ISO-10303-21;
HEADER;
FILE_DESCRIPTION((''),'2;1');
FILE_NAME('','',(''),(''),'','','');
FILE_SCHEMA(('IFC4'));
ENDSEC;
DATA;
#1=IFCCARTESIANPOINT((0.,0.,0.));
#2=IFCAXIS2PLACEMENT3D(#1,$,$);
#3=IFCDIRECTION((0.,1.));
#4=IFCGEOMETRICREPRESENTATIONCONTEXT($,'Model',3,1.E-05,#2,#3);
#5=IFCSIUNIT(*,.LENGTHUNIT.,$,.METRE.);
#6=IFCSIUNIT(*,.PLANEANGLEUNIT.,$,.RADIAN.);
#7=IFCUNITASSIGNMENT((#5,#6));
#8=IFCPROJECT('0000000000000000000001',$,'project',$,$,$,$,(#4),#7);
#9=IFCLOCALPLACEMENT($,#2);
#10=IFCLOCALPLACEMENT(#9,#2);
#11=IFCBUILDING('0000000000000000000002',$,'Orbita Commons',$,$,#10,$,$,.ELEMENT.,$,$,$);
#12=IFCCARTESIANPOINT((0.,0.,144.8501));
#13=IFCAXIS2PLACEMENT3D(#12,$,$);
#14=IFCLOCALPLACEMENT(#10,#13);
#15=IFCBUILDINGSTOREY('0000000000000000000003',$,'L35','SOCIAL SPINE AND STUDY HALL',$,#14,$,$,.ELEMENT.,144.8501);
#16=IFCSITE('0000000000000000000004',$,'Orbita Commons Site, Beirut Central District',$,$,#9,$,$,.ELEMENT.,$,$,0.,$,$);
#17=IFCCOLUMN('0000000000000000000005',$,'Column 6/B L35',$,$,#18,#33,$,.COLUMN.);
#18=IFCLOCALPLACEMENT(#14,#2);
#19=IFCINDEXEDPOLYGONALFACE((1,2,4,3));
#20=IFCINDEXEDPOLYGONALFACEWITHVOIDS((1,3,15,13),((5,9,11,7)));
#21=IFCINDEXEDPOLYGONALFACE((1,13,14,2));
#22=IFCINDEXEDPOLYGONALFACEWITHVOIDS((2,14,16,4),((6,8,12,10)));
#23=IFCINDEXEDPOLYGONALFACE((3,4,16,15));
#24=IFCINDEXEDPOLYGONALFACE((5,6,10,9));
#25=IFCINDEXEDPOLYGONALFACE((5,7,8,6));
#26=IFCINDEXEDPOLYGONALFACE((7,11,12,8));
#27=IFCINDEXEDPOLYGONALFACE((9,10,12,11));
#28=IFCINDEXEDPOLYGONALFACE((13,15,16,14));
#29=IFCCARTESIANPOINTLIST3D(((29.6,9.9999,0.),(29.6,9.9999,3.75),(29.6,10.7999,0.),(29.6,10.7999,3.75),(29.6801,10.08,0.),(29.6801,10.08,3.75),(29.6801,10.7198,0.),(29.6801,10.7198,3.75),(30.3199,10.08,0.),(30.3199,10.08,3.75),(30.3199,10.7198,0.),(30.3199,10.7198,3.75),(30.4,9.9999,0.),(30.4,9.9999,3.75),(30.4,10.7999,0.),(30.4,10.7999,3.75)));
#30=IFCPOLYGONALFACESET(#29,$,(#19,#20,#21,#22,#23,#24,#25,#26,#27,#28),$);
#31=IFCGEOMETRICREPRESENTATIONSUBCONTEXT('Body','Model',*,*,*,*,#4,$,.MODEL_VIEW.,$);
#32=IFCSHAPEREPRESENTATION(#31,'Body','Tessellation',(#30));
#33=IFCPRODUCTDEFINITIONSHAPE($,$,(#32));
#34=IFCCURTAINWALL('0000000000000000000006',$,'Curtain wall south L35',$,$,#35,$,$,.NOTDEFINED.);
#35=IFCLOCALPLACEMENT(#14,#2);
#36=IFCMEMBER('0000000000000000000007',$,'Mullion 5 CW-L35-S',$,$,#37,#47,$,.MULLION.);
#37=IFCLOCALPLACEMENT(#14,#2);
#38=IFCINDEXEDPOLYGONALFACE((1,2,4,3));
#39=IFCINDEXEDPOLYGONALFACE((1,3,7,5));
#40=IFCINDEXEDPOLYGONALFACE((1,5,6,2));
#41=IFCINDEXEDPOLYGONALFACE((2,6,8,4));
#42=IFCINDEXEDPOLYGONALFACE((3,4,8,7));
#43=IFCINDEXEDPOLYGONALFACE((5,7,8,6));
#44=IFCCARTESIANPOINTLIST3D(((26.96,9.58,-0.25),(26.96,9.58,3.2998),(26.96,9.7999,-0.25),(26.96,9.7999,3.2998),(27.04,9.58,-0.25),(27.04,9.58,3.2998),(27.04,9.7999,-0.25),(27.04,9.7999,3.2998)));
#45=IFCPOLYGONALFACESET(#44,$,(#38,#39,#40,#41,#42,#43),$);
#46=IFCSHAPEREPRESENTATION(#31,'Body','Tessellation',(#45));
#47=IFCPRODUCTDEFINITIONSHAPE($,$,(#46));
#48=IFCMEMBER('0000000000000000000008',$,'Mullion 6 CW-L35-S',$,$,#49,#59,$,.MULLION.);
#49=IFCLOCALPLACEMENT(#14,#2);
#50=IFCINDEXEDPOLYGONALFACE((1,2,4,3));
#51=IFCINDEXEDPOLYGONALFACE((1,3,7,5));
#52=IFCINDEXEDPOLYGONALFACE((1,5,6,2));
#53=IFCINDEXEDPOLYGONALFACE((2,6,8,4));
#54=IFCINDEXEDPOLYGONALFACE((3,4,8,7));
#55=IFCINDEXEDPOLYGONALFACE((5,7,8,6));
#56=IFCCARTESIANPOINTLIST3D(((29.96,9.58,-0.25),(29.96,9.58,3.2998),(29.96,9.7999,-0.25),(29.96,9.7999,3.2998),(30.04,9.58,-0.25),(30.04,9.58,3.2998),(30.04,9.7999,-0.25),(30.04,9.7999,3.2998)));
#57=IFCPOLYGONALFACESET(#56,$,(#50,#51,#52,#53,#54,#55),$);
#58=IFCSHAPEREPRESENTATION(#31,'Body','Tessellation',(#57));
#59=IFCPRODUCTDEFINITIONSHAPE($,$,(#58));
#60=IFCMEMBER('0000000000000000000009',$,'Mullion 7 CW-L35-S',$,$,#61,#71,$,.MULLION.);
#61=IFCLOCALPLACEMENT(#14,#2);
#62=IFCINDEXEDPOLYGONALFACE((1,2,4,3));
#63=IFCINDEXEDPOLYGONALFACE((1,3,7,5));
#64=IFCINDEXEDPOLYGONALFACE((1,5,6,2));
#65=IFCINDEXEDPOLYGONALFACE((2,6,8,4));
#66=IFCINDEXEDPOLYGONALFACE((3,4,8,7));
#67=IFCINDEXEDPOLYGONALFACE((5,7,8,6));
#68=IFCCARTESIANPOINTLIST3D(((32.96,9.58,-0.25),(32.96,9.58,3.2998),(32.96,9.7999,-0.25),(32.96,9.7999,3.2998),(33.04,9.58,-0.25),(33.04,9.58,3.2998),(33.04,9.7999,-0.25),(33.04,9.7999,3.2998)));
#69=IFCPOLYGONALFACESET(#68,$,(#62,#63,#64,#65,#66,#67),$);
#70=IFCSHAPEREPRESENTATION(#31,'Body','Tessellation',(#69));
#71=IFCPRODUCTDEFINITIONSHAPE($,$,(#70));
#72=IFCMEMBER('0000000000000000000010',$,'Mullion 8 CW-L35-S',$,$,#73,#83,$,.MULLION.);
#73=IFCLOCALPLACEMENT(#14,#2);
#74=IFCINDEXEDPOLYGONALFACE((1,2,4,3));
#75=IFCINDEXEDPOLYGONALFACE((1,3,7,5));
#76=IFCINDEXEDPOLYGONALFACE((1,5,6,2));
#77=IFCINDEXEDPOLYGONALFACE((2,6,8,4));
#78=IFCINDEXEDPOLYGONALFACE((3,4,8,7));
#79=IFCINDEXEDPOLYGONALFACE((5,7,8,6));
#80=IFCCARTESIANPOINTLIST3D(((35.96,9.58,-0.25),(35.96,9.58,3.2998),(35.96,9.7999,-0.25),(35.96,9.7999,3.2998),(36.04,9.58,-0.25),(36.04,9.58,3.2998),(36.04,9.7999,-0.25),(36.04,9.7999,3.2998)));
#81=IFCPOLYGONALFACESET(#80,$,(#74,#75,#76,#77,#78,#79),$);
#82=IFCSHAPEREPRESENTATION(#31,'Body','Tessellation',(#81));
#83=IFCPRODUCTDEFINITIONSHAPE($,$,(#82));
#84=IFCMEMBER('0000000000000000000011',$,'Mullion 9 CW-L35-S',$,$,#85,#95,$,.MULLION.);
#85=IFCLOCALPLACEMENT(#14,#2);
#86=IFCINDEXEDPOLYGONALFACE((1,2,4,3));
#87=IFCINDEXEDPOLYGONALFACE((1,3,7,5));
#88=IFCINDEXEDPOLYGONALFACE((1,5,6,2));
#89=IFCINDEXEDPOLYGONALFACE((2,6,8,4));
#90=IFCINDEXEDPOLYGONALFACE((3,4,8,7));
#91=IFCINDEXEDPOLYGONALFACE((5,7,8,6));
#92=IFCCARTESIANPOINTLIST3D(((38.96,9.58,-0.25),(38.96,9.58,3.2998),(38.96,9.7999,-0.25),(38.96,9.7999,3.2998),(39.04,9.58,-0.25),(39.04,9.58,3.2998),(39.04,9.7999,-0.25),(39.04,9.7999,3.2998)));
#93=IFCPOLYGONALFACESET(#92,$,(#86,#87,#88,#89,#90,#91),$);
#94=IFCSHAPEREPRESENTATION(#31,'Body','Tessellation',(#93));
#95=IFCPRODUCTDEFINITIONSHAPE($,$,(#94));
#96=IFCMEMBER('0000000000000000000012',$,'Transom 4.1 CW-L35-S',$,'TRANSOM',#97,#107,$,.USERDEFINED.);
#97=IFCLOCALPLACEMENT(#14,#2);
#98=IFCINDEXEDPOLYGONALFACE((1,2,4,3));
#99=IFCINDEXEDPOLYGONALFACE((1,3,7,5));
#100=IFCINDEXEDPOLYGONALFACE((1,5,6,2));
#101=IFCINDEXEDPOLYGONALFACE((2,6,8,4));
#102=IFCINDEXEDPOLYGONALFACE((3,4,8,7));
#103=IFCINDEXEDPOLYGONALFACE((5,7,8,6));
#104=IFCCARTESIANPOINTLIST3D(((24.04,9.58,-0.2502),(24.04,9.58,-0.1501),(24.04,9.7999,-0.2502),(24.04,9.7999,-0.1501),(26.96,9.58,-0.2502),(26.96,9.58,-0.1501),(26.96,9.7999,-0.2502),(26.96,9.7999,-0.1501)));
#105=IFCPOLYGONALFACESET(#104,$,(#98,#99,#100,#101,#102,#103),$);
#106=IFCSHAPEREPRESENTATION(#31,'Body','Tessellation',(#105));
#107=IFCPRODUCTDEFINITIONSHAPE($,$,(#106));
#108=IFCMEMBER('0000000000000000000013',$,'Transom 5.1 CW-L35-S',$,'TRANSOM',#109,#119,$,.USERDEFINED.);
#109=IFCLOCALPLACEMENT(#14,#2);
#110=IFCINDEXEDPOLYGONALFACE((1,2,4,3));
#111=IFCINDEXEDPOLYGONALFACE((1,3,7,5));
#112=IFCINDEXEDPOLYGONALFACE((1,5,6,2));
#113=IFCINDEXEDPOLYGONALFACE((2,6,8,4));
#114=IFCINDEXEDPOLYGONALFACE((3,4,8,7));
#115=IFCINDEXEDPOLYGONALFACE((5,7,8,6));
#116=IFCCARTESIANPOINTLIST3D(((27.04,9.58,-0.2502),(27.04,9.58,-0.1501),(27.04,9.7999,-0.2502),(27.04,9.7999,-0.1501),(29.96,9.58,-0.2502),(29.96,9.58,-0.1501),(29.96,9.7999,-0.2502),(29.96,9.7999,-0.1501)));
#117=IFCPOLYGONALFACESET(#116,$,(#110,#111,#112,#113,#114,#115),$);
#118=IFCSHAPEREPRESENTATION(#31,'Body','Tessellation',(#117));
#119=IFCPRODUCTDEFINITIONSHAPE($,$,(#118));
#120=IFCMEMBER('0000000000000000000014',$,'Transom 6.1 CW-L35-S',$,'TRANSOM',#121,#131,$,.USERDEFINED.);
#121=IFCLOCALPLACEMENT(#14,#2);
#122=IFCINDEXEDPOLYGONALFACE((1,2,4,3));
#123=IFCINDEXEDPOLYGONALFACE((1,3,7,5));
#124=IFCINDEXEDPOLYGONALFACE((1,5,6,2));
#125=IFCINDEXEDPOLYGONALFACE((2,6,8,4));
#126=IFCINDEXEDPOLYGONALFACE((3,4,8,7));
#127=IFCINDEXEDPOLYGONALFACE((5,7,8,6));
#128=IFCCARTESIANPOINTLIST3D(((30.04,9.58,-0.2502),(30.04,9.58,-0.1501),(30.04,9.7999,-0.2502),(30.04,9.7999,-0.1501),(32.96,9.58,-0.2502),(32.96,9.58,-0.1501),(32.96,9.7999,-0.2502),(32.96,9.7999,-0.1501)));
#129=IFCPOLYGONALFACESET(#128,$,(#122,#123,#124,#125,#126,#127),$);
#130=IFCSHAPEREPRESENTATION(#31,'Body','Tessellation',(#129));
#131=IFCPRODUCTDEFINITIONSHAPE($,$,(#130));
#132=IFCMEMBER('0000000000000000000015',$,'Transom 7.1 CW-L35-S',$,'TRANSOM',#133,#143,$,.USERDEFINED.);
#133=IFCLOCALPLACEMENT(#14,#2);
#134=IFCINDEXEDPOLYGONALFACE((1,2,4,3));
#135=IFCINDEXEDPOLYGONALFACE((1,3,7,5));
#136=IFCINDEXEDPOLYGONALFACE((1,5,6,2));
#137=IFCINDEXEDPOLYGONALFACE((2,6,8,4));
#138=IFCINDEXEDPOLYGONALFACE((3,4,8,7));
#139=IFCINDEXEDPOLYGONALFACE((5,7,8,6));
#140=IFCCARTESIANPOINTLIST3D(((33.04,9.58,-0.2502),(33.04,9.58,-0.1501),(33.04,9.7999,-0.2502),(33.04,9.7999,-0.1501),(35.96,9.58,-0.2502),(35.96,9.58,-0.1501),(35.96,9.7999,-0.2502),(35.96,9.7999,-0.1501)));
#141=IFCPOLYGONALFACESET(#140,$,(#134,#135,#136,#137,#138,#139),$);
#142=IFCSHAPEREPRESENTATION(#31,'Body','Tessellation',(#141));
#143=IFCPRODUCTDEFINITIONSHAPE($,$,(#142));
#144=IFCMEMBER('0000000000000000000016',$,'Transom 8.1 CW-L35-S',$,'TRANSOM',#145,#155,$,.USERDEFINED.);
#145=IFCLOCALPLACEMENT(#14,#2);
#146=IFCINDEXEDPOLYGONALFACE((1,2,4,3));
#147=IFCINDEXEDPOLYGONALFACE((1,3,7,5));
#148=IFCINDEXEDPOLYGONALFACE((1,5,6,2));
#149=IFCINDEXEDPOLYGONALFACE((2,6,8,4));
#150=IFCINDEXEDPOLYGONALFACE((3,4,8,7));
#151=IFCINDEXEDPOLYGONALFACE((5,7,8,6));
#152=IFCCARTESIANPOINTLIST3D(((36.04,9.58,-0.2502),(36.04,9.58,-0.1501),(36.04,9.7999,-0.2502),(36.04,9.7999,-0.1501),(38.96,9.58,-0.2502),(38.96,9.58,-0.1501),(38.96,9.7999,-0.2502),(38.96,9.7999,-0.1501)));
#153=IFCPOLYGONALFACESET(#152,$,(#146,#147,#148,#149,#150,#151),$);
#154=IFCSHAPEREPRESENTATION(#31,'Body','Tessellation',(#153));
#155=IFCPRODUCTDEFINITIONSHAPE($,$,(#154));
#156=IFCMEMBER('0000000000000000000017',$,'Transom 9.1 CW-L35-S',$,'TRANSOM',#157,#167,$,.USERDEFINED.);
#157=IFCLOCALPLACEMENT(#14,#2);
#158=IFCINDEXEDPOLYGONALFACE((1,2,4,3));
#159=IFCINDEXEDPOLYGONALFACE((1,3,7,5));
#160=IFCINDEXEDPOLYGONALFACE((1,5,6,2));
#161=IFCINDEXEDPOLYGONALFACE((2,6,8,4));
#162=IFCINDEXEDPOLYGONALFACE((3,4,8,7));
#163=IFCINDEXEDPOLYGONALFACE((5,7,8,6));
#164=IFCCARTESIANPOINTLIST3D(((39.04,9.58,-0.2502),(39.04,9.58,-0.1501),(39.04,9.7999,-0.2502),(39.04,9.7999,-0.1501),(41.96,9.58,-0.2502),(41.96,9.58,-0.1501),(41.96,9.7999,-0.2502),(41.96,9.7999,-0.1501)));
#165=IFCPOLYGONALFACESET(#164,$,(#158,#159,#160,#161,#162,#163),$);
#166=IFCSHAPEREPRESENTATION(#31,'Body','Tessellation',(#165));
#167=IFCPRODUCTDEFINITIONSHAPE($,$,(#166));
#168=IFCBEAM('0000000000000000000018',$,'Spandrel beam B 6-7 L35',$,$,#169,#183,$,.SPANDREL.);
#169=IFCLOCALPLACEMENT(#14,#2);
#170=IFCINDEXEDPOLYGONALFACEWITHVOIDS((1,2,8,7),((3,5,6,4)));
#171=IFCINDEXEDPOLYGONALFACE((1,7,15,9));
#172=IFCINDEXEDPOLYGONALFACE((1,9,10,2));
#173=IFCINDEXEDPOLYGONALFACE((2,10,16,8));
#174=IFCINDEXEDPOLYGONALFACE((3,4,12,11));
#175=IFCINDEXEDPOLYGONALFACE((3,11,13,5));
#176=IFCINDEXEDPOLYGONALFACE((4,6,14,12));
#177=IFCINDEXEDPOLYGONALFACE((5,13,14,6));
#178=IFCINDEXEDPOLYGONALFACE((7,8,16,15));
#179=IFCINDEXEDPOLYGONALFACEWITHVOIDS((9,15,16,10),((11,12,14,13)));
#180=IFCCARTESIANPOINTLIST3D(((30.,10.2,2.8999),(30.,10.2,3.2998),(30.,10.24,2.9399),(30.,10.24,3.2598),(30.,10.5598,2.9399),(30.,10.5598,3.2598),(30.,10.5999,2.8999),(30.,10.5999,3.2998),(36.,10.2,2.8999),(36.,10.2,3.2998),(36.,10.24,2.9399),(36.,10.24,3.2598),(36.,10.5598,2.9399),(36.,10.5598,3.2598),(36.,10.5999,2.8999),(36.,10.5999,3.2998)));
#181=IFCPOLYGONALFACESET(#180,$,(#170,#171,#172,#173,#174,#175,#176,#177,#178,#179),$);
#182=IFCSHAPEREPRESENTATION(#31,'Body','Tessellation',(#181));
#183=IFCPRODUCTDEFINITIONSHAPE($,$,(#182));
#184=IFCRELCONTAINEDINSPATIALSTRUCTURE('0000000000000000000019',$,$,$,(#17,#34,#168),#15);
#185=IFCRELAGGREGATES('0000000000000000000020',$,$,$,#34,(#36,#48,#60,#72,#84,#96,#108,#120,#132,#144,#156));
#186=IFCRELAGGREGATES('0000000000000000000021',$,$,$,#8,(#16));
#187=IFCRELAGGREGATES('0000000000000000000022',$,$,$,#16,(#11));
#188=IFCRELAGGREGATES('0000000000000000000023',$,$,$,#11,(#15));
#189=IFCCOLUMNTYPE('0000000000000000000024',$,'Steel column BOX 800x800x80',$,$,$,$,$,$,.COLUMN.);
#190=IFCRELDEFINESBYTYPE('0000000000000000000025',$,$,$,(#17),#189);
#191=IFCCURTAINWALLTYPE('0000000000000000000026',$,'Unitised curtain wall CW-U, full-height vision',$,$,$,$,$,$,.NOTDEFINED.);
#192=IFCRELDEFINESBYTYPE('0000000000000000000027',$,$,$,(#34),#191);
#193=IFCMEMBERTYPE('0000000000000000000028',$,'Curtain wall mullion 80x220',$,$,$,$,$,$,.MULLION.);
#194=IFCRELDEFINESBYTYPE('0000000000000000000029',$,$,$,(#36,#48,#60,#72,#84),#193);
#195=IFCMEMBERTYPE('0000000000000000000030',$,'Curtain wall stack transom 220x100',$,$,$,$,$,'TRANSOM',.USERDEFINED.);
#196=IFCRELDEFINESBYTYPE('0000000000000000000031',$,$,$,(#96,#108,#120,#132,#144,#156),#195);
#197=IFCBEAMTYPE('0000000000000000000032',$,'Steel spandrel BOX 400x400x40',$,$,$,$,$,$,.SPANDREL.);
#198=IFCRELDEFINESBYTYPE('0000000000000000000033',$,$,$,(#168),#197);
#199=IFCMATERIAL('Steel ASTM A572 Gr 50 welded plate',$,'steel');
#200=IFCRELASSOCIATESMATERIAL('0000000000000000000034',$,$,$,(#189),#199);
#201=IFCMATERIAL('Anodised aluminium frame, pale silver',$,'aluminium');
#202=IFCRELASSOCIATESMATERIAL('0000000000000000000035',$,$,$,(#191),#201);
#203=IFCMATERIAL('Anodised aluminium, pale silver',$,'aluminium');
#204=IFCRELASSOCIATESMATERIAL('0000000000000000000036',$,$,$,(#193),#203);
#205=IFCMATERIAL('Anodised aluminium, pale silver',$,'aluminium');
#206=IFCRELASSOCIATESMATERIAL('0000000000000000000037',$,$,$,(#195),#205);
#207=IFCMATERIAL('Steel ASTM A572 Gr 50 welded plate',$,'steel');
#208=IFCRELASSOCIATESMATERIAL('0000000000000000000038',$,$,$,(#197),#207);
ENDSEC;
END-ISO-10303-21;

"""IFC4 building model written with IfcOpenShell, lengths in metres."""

from ifc_helpers import new_model, si_unit, direction, frame, origin, origin_2d, place, context, subcontext, project, spatial, rectangle, hollow_rectangle, extrude, material, material_profile, profile_set, type_object, element, aggregate, save


model = new_model("IFC4")

# Units and contexts
model_context = context("Model", 3, precision=1e-05, world=origin(), true_north=direction((0.0, 1.0)))
body_context = subcontext(model_context, "Body", "Model", "MODEL_VIEW")
ifc_project = project(units=[si_unit("LENGTHUNIT", "METRE"), si_unit("PLANEANGLEUNIT", "RADIAN")], contexts=[model_context])

# Site, building, storey
site_placement = place(None, origin())
site = spatial("IfcSite", under=ifc_project, at=site_placement, Name="Orbita Commons Site, Beirut Central District", CompositionType="ELEMENT", RefElevation=0.0)
building_placement = place(site_placement, origin())
building = spatial("IfcBuilding", under=site, at=building_placement, Name="Orbita Commons", CompositionType="ELEMENT")
storey_placement = place(building_placement, frame((0.0, 0.0, 144.8501)))
storey = spatial("IfcBuildingStorey", under=building, at=storey_placement, Name="L35", Description="SOCIAL SPINE AND STUDY HALL", CompositionType="ELEMENT", Elevation=144.8501)

# Column
ifc_material_1 = material(Name="Steel ASTM A572 Gr 50 welded plate", Category="steel")
ifc_material_profile_1 = material_profile(ifc_material_1, hollow_rectangle(XDim=0.8, YDim=0.8, WallThickness=0.0801, at=origin_2d()), Name="BOX 800x800x80")
ifc_profile_set_1 = profile_set([ifc_material_profile_1], Name="Steel ASTM A572 Gr 50 welded plate")
column_type = type_object("IfcColumnType", Name="Steel column BOX 800x800x80", PredefinedType="COLUMN", material=ifc_profile_set_1)
column_placement = place(storey_placement, frame((30.0, 10.3999, 0.0), z_axis=(0.0, 0.0, 1.0), x_axis=(1.0, 0.0, 0.0)))
element("IfcColumn", 1, at=column_placement, inside=storey, type_object=column_type, Name="Column 6/B L35", PredefinedType="COLUMN", context=body_context, shape_type="SweptSolid", body=[
    extrude(hollow_rectangle(XDim=0.8, YDim=0.8, WallThickness=0.0801, at=origin_2d()), origin(), (0.0, 0.0, 1.0), 3.75),
])

# Curtain wall, members
ifc_material_2 = material(Name="Anodised aluminium frame, pale silver", Category="aluminium")
curtain_wall_type = type_object("IfcCurtainWallType", Name="Unitised curtain wall CW-U, full-height vision", PredefinedType="NOTDEFINED", material=ifc_material_2)
curtain_wall_placement = place(storey_placement, origin())
curtain_wall = element("IfcCurtainWall", 2, at=curtain_wall_placement, inside=storey, type_object=curtain_wall_type, Name="Curtain wall south L35", PredefinedType="NOTDEFINED")
ifc_material_3 = material(Name="Anodised aluminium, pale silver", Category="aluminium")
ifc_material_profile_2 = material_profile(ifc_material_3, rectangle(XDim=0.0801, YDim=0.22, at=origin_2d()), Name="AL 80x220")
ifc_profile_set_2 = profile_set([ifc_material_profile_2], Name="Anodised aluminium, pale silver")
member_type_1 = type_object("IfcMemberType", Name="Curtain wall mullion 80x220", PredefinedType="MULLION", material=ifc_profile_set_2)
member_1_placement = place(storey_placement, frame((27.0, 9.6899, -0.25), z_axis=(0.0, 0.0, 1.0), x_axis=(1.0, 0.0, 0.0)))
member_1 = element("IfcMember", 3, at=member_1_placement, type_object=member_type_1, Name="Mullion 5 CW-L35-S", PredefinedType="MULLION", context=body_context, shape_type="SweptSolid", body=[
    extrude(rectangle(XDim=0.0801, YDim=0.22, at=origin_2d()), origin(), (0.0, 0.0, 1.0), 3.5498),
])
member_2_placement = place(storey_placement, frame((30.0, 9.6899, -0.25), z_axis=(0.0, 0.0, 1.0), x_axis=(1.0, 0.0, 0.0)))
member_2 = element("IfcMember", 4, at=member_2_placement, type_object=member_type_1, Name="Mullion 6 CW-L35-S", PredefinedType="MULLION", context=body_context, shape_type="SweptSolid", body=[
    extrude(rectangle(XDim=0.0801, YDim=0.22, at=origin_2d()), origin(), (0.0, 0.0, 1.0), 3.5498),
])
member_3_placement = place(storey_placement, frame((33.0, 9.6899, -0.25), z_axis=(0.0, 0.0, 1.0), x_axis=(1.0, 0.0, 0.0)))
member_3 = element("IfcMember", 5, at=member_3_placement, type_object=member_type_1, Name="Mullion 7 CW-L35-S", PredefinedType="MULLION", context=body_context, shape_type="SweptSolid", body=[
    extrude(rectangle(XDim=0.0801, YDim=0.22, at=origin_2d()), origin(), (0.0, 0.0, 1.0), 3.5498),
])
member_4_placement = place(storey_placement, frame((36.0, 9.6899, -0.25), z_axis=(0.0, 0.0, 1.0), x_axis=(1.0, 0.0, 0.0)))
member_4 = element("IfcMember", 6, at=member_4_placement, type_object=member_type_1, Name="Mullion 8 CW-L35-S", PredefinedType="MULLION", context=body_context, shape_type="SweptSolid", body=[
    extrude(rectangle(XDim=0.0801, YDim=0.22, at=origin_2d()), origin(), (0.0, 0.0, 1.0), 3.5498),
])
member_5_placement = place(storey_placement, frame((39.0, 9.6899, -0.25), z_axis=(0.0, 0.0, 1.0), x_axis=(1.0, 0.0, 0.0)))
member_5 = element("IfcMember", 7, at=member_5_placement, type_object=member_type_1, Name="Mullion 9 CW-L35-S", PredefinedType="MULLION", context=body_context, shape_type="SweptSolid", body=[
    extrude(rectangle(XDim=0.0801, YDim=0.22, at=origin_2d()), origin(), (0.0, 0.0, 1.0), 3.5498),
])
ifc_material_4 = material(Name="Anodised aluminium, pale silver", Category="aluminium")
ifc_material_profile_3 = material_profile(ifc_material_4, rectangle(XDim=0.22, YDim=0.1001, at=origin_2d()), Name="AL 220x100")
ifc_profile_set_3 = profile_set([ifc_material_profile_3], Name="Anodised aluminium, pale silver")
member_type_2 = type_object("IfcMemberType", Name="Curtain wall stack transom 220x100", ElementType="TRANSOM", PredefinedType="USERDEFINED", material=ifc_profile_set_3)
member_6_placement = place(storey_placement, frame((24.04, 9.6899, -0.2002), z_axis=(1.0, 0.0, 0.0), x_axis=(0.0, 1.0, 0.0)))
member_6 = element("IfcMember", 8, at=member_6_placement, type_object=member_type_2, Name="Transom 4.1 CW-L35-S", ObjectType="TRANSOM", PredefinedType="USERDEFINED", context=body_context, shape_type="SweptSolid", body=[
    extrude(rectangle(XDim=0.22, YDim=0.1001, at=origin_2d()), origin(), (0.0, 0.0, 1.0), 2.9199),
])
member_7_placement = place(storey_placement, frame((27.04, 9.6899, -0.2002), z_axis=(1.0, 0.0, 0.0), x_axis=(0.0, 1.0, 0.0)))
member_7 = element("IfcMember", 9, at=member_7_placement, type_object=member_type_2, Name="Transom 5.1 CW-L35-S", ObjectType="TRANSOM", PredefinedType="USERDEFINED", context=body_context, shape_type="SweptSolid", body=[
    extrude(rectangle(XDim=0.22, YDim=0.1001, at=origin_2d()), origin(), (0.0, 0.0, 1.0), 2.9199),
])
member_8_placement = place(storey_placement, frame((30.04, 9.6899, -0.2002), z_axis=(1.0, 0.0, 0.0), x_axis=(0.0, 1.0, 0.0)))
member_8 = element("IfcMember", 10, at=member_8_placement, type_object=member_type_2, Name="Transom 6.1 CW-L35-S", ObjectType="TRANSOM", PredefinedType="USERDEFINED", context=body_context, shape_type="SweptSolid", body=[
    extrude(rectangle(XDim=0.22, YDim=0.1001, at=origin_2d()), origin(), (0.0, 0.0, 1.0), 2.9199),
])
member_9_placement = place(storey_placement, frame((33.04, 9.6899, -0.2002), z_axis=(1.0, 0.0, 0.0), x_axis=(0.0, 1.0, 0.0)))
member_9 = element("IfcMember", 11, at=member_9_placement, type_object=member_type_2, Name="Transom 7.1 CW-L35-S", ObjectType="TRANSOM", PredefinedType="USERDEFINED", context=body_context, shape_type="SweptSolid", body=[
    extrude(rectangle(XDim=0.22, YDim=0.1001, at=origin_2d()), origin(), (0.0, 0.0, 1.0), 2.9199),
])
member_10_placement = place(storey_placement, frame((36.04, 9.6899, -0.2002), z_axis=(1.0, 0.0, 0.0), x_axis=(0.0, 1.0, 0.0)))
member_10 = element("IfcMember", 12, at=member_10_placement, type_object=member_type_2, Name="Transom 8.1 CW-L35-S", ObjectType="TRANSOM", PredefinedType="USERDEFINED", context=body_context, shape_type="SweptSolid", body=[
    extrude(rectangle(XDim=0.22, YDim=0.1001, at=origin_2d()), origin(), (0.0, 0.0, 1.0), 2.9199),
])
member_11_placement = place(storey_placement, frame((39.04, 9.6899, -0.2002), z_axis=(1.0, 0.0, 0.0), x_axis=(0.0, 1.0, 0.0)))
member_11 = element("IfcMember", 13, at=member_11_placement, type_object=member_type_2, Name="Transom 9.1 CW-L35-S", ObjectType="TRANSOM", PredefinedType="USERDEFINED", context=body_context, shape_type="SweptSolid", body=[
    extrude(rectangle(XDim=0.22, YDim=0.1001, at=origin_2d()), origin(), (0.0, 0.0, 1.0), 2.9199),
])

# Beam
ifc_material_5 = material(Name="Steel ASTM A572 Gr 50 welded plate", Category="steel")
ifc_material_profile_4 = material_profile(ifc_material_5, hollow_rectangle(XDim=0.3999, YDim=0.3999, WallThickness=0.04, at=origin_2d()), Name="BOX 400x400x40")
ifc_profile_set_4 = profile_set([ifc_material_profile_4], Name="Steel ASTM A572 Gr 50 welded plate")
beam_type = type_object("IfcBeamType", Name="Steel spandrel BOX 400x400x40", PredefinedType="SPANDREL", material=ifc_profile_set_4)
beam_placement = place(storey_placement, frame((30.0, 10.3999, 3.0999), z_axis=(1.0, 0.0, 0.0), x_axis=(0.0, 1.0, 0.0)))
element("IfcBeam", 14, at=beam_placement, inside=storey, type_object=beam_type, Name="Spandrel beam B 6-7 L35", PredefinedType="SPANDREL", context=body_context, shape_type="SweptSolid", body=[
    extrude(hollow_rectangle(XDim=0.3999, YDim=0.3999, WallThickness=0.04, at=origin_2d()), origin(), (0.0, 0.0, 1.0), 6.0),
])

aggregate(curtain_wall, [member_1, member_2, member_3, member_4, member_5, member_6, member_7, member_8, member_9, member_10, member_11])

save(model, "model.ifc")
